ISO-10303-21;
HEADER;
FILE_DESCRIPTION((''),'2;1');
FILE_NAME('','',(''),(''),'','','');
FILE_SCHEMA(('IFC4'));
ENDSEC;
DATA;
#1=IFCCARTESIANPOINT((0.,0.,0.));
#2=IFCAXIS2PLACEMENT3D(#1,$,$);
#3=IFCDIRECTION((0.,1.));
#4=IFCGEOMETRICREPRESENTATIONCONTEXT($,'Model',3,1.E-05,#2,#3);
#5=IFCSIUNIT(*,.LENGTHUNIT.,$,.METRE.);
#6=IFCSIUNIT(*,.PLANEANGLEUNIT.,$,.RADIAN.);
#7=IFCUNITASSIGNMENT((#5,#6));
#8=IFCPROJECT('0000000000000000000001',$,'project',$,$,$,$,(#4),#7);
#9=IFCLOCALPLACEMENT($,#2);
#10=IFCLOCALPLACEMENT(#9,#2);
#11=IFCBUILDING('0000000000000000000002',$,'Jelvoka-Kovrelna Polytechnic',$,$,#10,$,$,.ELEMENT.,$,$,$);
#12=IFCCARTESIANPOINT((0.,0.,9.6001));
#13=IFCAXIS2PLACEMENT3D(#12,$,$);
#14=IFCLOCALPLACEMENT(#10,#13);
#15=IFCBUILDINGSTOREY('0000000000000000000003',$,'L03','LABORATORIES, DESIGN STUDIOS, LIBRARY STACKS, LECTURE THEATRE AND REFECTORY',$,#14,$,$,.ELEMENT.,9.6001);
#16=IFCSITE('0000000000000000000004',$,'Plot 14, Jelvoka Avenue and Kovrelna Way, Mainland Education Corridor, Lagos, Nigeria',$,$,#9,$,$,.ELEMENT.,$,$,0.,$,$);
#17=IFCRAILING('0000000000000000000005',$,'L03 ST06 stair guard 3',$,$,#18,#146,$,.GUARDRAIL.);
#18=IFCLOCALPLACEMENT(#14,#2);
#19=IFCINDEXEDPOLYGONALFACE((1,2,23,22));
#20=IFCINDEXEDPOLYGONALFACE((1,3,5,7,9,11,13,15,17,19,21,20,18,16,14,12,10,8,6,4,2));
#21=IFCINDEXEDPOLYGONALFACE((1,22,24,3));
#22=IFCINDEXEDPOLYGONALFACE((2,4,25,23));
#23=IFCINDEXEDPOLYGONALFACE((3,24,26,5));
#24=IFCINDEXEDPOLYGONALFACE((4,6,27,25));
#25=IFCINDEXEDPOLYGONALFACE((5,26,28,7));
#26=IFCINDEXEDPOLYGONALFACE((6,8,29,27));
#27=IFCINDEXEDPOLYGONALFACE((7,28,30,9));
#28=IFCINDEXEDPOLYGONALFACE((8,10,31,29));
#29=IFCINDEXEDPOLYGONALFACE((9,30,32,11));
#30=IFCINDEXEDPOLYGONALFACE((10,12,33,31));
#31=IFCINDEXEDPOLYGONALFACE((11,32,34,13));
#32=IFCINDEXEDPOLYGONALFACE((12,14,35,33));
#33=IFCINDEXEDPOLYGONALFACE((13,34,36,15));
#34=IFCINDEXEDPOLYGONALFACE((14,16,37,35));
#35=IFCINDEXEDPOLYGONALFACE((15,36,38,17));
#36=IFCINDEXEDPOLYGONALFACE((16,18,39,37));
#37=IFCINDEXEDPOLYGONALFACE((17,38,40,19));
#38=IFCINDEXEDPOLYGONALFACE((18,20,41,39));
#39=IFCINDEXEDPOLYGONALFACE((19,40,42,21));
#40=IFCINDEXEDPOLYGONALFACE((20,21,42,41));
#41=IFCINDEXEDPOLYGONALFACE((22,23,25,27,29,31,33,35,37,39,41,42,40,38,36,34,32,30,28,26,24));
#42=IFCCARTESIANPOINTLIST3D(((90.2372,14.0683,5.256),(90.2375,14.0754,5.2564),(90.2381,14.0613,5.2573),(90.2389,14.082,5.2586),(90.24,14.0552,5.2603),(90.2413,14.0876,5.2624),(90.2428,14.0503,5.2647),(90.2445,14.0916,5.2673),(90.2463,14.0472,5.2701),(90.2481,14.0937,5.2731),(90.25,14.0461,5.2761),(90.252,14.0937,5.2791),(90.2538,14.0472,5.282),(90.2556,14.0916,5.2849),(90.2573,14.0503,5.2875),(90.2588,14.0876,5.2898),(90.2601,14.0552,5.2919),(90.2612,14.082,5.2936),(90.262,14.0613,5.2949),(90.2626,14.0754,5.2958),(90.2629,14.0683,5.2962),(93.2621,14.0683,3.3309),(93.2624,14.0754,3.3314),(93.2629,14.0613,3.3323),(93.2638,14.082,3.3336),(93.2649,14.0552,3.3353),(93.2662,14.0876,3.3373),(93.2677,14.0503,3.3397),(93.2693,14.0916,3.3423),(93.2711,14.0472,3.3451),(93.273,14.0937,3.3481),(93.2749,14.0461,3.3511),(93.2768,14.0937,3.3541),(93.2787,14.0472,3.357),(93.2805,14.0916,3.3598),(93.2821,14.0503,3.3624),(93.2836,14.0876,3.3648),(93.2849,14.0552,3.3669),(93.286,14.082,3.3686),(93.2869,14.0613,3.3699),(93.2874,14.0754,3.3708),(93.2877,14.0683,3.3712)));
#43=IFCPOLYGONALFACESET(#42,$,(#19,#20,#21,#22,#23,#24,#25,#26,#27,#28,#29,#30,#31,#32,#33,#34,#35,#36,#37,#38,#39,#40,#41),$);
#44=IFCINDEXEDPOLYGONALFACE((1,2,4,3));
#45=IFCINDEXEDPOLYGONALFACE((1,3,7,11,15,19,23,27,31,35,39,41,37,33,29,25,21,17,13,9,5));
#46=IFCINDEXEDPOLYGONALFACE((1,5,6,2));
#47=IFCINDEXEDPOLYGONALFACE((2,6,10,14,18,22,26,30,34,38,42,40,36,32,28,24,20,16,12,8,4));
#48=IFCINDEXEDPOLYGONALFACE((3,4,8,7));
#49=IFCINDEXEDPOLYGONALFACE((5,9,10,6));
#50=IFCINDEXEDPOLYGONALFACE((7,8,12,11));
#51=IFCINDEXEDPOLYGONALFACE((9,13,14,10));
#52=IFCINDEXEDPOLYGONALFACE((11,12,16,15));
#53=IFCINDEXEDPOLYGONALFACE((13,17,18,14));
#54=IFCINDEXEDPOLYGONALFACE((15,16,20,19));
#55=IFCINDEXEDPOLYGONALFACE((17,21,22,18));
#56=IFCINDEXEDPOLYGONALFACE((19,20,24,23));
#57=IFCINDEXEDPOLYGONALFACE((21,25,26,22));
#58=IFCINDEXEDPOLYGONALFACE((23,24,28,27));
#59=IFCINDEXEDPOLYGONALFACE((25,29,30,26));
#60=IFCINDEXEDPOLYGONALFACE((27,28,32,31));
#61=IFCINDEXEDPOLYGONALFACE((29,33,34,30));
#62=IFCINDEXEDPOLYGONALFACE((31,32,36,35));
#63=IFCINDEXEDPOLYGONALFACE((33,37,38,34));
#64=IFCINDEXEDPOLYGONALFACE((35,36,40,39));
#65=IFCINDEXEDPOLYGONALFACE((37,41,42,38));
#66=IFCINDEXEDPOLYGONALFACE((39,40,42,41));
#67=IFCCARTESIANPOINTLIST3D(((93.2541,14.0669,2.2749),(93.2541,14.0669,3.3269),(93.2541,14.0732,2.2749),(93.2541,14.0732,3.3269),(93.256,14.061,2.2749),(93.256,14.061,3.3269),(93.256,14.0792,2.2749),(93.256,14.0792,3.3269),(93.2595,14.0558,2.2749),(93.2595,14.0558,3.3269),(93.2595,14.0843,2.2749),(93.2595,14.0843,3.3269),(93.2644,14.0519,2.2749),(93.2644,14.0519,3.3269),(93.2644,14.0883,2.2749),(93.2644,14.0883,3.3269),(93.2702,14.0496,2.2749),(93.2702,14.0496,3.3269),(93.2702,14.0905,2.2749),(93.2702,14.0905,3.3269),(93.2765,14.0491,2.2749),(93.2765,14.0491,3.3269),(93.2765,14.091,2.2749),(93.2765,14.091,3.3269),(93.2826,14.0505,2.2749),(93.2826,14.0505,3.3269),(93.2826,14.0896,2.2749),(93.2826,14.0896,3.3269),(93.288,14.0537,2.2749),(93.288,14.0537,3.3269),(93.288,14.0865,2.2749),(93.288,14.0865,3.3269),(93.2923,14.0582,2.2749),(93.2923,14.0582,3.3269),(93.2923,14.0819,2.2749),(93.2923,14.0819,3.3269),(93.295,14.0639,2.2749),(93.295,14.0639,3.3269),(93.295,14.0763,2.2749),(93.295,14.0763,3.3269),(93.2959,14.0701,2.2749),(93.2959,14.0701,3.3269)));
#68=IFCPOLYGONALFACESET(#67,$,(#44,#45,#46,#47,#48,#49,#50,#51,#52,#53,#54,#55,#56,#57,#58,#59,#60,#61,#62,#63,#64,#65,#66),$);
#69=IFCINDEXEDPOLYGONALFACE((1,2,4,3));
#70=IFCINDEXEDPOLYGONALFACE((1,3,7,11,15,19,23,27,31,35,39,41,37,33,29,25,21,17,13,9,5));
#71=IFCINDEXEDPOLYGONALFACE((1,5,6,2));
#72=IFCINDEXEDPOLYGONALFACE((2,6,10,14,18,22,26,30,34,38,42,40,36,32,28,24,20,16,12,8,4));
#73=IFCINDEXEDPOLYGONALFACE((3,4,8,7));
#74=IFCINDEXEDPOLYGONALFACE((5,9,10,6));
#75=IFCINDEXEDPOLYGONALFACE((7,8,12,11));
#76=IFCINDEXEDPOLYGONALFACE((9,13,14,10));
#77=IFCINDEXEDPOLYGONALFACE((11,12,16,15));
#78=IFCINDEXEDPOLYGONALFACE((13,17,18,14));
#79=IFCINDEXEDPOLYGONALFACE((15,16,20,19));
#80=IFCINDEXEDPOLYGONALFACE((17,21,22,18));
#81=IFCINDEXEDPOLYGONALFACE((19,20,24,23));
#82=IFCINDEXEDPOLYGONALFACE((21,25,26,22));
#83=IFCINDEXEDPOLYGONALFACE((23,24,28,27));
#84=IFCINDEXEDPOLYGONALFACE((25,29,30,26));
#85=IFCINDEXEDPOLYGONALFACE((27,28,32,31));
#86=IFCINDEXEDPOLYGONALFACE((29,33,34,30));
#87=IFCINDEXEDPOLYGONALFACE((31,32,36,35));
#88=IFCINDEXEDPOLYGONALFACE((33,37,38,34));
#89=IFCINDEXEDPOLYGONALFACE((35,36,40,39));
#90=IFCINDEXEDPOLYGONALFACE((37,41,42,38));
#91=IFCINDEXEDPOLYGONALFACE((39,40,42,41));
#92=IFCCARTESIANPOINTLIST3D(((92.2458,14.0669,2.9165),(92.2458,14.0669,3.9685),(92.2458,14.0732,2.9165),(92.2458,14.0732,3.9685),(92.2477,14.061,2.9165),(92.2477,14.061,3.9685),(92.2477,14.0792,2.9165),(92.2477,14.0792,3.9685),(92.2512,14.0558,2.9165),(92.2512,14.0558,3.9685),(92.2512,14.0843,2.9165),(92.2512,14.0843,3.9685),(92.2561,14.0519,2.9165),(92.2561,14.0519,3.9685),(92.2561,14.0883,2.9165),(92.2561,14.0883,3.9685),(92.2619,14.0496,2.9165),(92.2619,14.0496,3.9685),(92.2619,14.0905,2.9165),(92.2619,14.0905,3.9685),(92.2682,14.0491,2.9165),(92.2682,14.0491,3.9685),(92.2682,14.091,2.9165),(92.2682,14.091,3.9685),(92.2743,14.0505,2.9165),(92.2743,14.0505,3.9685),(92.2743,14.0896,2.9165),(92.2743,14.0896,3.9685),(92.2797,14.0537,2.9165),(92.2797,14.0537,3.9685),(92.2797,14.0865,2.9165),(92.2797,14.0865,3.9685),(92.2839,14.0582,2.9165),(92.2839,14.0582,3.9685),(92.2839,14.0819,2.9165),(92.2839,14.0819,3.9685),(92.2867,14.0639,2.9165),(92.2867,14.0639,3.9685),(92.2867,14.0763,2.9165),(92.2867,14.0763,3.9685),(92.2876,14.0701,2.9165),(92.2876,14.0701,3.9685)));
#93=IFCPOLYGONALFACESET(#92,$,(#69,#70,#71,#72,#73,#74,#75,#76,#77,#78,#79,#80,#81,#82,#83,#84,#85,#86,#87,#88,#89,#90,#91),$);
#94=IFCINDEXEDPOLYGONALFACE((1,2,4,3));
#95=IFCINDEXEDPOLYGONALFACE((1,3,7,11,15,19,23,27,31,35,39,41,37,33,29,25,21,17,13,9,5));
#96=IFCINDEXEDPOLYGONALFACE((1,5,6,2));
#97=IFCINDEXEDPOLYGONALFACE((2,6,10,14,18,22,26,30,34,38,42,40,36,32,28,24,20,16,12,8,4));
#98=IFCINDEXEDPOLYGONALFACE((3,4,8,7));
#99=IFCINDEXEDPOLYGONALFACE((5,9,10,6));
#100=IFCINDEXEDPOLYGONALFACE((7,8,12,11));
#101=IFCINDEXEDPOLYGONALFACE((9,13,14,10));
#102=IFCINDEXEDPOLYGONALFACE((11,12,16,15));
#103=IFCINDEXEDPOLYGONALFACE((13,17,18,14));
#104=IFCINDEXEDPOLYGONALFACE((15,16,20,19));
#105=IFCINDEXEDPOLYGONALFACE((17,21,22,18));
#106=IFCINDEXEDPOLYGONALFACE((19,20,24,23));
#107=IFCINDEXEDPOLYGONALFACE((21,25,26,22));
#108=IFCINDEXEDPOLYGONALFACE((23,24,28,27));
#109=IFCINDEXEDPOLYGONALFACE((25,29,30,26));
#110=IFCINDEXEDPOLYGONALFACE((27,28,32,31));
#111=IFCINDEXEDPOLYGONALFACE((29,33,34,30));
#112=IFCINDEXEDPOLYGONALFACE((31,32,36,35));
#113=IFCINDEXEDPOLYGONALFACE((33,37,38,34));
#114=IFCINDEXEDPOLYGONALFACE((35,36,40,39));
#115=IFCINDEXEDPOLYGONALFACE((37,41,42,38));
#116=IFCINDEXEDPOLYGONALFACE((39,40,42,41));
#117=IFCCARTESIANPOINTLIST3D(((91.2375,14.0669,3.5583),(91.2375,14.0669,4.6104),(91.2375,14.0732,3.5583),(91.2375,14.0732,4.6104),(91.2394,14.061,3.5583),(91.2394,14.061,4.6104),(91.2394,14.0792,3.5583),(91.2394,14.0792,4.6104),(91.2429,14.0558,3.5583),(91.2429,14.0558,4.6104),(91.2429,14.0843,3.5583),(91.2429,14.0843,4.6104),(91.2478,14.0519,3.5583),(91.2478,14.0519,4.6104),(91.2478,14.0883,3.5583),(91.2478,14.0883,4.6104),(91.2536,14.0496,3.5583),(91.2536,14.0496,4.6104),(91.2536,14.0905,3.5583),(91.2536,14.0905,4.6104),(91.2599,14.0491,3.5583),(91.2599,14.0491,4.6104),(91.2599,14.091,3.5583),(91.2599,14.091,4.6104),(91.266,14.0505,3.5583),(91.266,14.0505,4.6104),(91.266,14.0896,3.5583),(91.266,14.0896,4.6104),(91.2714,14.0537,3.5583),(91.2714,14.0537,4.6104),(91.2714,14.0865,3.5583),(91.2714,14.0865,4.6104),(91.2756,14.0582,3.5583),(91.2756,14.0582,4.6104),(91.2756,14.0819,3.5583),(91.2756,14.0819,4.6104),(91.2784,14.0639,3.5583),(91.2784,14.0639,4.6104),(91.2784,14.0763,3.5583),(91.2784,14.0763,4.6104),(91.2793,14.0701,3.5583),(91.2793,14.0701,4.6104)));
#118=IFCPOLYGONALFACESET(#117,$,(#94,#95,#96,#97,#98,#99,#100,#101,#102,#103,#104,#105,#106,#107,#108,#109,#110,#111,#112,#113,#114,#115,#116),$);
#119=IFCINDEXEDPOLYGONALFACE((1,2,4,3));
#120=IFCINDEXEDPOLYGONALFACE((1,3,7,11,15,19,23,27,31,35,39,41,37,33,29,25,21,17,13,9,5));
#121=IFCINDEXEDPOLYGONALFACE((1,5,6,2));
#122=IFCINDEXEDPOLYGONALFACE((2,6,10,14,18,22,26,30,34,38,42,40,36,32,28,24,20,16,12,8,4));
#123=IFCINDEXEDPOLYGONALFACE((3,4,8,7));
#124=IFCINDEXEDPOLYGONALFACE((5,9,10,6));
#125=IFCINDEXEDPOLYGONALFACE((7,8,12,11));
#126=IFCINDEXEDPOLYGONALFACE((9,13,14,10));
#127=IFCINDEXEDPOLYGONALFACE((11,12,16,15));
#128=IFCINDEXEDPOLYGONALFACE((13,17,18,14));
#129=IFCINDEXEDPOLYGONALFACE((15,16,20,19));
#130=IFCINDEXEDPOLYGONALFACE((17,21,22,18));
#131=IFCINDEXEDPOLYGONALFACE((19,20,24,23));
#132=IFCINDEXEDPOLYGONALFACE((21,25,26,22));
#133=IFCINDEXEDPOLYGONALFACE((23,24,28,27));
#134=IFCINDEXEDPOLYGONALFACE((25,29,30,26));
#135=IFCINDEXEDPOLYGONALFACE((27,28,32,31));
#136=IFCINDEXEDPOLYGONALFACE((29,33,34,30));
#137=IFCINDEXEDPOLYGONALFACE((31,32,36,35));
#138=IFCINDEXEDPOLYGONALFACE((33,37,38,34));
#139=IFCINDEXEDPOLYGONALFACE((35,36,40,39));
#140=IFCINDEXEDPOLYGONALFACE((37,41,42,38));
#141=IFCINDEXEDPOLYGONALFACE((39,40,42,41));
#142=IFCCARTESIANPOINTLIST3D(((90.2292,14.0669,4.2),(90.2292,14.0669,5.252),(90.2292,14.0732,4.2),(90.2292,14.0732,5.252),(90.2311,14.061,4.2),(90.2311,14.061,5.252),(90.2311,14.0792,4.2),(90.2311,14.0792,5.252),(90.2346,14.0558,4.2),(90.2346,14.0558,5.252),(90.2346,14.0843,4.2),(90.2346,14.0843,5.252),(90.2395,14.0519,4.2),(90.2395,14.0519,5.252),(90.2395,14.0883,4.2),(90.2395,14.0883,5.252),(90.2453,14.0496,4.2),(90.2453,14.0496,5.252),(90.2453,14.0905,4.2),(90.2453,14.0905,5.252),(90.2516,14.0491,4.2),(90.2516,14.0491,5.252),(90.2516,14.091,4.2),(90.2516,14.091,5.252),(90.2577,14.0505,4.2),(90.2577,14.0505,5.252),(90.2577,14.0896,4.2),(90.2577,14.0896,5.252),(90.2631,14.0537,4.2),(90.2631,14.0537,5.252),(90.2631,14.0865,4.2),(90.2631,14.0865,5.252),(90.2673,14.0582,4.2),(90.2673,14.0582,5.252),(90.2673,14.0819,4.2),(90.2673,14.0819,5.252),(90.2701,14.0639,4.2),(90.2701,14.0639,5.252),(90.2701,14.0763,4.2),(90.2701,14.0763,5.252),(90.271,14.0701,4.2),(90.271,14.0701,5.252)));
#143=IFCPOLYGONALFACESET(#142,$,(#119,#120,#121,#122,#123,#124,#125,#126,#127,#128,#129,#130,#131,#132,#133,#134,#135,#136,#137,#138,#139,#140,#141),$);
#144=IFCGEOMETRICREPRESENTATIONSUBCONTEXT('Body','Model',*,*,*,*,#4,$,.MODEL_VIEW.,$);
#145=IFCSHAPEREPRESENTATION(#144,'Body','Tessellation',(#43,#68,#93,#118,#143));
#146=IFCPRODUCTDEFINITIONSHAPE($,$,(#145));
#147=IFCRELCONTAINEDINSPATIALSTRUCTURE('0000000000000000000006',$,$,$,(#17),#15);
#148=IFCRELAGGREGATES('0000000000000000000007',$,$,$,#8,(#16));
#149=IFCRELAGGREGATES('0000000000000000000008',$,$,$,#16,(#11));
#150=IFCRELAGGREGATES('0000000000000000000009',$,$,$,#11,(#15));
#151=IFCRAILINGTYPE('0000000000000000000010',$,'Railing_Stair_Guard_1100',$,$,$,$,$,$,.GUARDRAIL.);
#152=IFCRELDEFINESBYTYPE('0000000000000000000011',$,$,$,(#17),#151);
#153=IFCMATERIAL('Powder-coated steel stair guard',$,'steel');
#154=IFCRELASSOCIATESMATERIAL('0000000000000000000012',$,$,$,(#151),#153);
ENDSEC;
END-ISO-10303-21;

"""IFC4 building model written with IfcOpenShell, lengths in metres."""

from ifc_helpers import new_model, si_unit, direction, frame, origin, origin_2d, place, context, subcontext, project, spatial, circle, extrude, material, type_object, element, save


model = new_model("IFC4")

# Units and contexts
model_context = context("Model", 3, precision=1e-05, world=origin(), true_north=direction((0.0, 1.0)))
body_context = subcontext(model_context, "Body", "Model", "MODEL_VIEW")
ifc_project = project(units=[si_unit("LENGTHUNIT", "METRE"), si_unit("PLANEANGLEUNIT", "RADIAN")], contexts=[model_context])

# Site, building, storey
site_placement = place(None, origin())
site = spatial("IfcSite", under=ifc_project, at=site_placement, Name="Plot 14, Jelvoka Avenue and Kovrelna Way, Mainland Education Corridor, Lagos, Nigeria", CompositionType="ELEMENT", RefElevation=0.0)
building_placement = place(site_placement, origin())
building = spatial("IfcBuilding", under=site, at=building_placement, Name="Jelvoka-Kovrelna Polytechnic", CompositionType="ELEMENT")
storey_placement = place(building_placement, frame((0.0, 0.0, 9.6001)))
storey = spatial("IfcBuildingStorey", under=building, at=storey_placement, Name="L03", Description="LABORATORIES, DESIGN STUDIOS, LIBRARY STACKS, LECTURE THEATRE AND REFECTORY", CompositionType="ELEMENT", Elevation=9.6001)

# Railing
ifc_material_1 = material(Name="Powder-coated steel stair guard", Category="steel")
railing_type_1 = type_object("IfcRailingType", Name="Railing_Stair_Guard_1100", PredefinedType="GUARDRAIL", material=ifc_material_1)
railing_1_placement = place(storey_placement, frame((93.2749, 14.0701, 2.2749)))
element("IfcRailing", 1, at=railing_1_placement, inside=storey, type_object=railing_type_1, Name="L03 ST06 stair guard 3", PredefinedType="GUARDRAIL", context=body_context, shape_type="SweptSolid", body=[
    extrude(circle(Radius=0.0239, at=origin_2d()), frame((0.0, 0.0, 1.0762), z_axis=(-0.843647, 0.0, 0.536898), x_axis=(0.0, -1.0, 0.0)), (0.0, 0.0, 1.0), 3.5854),
    extrude(circle(Radius=0.021, at=origin_2d()), origin(), (0.0, 0.0, 1.0), 1.052),
    extrude(circle(Radius=0.021, at=origin_2d()), frame((-1.0083, 0.0, 0.6416)), (0.0, 0.0, 1.0), 1.052),
    extrude(circle(Radius=0.021, at=origin_2d()), frame((-2.0166, 0.0, 1.2834)), (0.0, 0.0, 1.0), 1.052),
    extrude(circle(Radius=0.021, at=origin_2d()), frame((-3.0249, 0.0, 1.925)), (0.0, 0.0, 1.0), 1.052),
])

save(model, "model.ifc")
